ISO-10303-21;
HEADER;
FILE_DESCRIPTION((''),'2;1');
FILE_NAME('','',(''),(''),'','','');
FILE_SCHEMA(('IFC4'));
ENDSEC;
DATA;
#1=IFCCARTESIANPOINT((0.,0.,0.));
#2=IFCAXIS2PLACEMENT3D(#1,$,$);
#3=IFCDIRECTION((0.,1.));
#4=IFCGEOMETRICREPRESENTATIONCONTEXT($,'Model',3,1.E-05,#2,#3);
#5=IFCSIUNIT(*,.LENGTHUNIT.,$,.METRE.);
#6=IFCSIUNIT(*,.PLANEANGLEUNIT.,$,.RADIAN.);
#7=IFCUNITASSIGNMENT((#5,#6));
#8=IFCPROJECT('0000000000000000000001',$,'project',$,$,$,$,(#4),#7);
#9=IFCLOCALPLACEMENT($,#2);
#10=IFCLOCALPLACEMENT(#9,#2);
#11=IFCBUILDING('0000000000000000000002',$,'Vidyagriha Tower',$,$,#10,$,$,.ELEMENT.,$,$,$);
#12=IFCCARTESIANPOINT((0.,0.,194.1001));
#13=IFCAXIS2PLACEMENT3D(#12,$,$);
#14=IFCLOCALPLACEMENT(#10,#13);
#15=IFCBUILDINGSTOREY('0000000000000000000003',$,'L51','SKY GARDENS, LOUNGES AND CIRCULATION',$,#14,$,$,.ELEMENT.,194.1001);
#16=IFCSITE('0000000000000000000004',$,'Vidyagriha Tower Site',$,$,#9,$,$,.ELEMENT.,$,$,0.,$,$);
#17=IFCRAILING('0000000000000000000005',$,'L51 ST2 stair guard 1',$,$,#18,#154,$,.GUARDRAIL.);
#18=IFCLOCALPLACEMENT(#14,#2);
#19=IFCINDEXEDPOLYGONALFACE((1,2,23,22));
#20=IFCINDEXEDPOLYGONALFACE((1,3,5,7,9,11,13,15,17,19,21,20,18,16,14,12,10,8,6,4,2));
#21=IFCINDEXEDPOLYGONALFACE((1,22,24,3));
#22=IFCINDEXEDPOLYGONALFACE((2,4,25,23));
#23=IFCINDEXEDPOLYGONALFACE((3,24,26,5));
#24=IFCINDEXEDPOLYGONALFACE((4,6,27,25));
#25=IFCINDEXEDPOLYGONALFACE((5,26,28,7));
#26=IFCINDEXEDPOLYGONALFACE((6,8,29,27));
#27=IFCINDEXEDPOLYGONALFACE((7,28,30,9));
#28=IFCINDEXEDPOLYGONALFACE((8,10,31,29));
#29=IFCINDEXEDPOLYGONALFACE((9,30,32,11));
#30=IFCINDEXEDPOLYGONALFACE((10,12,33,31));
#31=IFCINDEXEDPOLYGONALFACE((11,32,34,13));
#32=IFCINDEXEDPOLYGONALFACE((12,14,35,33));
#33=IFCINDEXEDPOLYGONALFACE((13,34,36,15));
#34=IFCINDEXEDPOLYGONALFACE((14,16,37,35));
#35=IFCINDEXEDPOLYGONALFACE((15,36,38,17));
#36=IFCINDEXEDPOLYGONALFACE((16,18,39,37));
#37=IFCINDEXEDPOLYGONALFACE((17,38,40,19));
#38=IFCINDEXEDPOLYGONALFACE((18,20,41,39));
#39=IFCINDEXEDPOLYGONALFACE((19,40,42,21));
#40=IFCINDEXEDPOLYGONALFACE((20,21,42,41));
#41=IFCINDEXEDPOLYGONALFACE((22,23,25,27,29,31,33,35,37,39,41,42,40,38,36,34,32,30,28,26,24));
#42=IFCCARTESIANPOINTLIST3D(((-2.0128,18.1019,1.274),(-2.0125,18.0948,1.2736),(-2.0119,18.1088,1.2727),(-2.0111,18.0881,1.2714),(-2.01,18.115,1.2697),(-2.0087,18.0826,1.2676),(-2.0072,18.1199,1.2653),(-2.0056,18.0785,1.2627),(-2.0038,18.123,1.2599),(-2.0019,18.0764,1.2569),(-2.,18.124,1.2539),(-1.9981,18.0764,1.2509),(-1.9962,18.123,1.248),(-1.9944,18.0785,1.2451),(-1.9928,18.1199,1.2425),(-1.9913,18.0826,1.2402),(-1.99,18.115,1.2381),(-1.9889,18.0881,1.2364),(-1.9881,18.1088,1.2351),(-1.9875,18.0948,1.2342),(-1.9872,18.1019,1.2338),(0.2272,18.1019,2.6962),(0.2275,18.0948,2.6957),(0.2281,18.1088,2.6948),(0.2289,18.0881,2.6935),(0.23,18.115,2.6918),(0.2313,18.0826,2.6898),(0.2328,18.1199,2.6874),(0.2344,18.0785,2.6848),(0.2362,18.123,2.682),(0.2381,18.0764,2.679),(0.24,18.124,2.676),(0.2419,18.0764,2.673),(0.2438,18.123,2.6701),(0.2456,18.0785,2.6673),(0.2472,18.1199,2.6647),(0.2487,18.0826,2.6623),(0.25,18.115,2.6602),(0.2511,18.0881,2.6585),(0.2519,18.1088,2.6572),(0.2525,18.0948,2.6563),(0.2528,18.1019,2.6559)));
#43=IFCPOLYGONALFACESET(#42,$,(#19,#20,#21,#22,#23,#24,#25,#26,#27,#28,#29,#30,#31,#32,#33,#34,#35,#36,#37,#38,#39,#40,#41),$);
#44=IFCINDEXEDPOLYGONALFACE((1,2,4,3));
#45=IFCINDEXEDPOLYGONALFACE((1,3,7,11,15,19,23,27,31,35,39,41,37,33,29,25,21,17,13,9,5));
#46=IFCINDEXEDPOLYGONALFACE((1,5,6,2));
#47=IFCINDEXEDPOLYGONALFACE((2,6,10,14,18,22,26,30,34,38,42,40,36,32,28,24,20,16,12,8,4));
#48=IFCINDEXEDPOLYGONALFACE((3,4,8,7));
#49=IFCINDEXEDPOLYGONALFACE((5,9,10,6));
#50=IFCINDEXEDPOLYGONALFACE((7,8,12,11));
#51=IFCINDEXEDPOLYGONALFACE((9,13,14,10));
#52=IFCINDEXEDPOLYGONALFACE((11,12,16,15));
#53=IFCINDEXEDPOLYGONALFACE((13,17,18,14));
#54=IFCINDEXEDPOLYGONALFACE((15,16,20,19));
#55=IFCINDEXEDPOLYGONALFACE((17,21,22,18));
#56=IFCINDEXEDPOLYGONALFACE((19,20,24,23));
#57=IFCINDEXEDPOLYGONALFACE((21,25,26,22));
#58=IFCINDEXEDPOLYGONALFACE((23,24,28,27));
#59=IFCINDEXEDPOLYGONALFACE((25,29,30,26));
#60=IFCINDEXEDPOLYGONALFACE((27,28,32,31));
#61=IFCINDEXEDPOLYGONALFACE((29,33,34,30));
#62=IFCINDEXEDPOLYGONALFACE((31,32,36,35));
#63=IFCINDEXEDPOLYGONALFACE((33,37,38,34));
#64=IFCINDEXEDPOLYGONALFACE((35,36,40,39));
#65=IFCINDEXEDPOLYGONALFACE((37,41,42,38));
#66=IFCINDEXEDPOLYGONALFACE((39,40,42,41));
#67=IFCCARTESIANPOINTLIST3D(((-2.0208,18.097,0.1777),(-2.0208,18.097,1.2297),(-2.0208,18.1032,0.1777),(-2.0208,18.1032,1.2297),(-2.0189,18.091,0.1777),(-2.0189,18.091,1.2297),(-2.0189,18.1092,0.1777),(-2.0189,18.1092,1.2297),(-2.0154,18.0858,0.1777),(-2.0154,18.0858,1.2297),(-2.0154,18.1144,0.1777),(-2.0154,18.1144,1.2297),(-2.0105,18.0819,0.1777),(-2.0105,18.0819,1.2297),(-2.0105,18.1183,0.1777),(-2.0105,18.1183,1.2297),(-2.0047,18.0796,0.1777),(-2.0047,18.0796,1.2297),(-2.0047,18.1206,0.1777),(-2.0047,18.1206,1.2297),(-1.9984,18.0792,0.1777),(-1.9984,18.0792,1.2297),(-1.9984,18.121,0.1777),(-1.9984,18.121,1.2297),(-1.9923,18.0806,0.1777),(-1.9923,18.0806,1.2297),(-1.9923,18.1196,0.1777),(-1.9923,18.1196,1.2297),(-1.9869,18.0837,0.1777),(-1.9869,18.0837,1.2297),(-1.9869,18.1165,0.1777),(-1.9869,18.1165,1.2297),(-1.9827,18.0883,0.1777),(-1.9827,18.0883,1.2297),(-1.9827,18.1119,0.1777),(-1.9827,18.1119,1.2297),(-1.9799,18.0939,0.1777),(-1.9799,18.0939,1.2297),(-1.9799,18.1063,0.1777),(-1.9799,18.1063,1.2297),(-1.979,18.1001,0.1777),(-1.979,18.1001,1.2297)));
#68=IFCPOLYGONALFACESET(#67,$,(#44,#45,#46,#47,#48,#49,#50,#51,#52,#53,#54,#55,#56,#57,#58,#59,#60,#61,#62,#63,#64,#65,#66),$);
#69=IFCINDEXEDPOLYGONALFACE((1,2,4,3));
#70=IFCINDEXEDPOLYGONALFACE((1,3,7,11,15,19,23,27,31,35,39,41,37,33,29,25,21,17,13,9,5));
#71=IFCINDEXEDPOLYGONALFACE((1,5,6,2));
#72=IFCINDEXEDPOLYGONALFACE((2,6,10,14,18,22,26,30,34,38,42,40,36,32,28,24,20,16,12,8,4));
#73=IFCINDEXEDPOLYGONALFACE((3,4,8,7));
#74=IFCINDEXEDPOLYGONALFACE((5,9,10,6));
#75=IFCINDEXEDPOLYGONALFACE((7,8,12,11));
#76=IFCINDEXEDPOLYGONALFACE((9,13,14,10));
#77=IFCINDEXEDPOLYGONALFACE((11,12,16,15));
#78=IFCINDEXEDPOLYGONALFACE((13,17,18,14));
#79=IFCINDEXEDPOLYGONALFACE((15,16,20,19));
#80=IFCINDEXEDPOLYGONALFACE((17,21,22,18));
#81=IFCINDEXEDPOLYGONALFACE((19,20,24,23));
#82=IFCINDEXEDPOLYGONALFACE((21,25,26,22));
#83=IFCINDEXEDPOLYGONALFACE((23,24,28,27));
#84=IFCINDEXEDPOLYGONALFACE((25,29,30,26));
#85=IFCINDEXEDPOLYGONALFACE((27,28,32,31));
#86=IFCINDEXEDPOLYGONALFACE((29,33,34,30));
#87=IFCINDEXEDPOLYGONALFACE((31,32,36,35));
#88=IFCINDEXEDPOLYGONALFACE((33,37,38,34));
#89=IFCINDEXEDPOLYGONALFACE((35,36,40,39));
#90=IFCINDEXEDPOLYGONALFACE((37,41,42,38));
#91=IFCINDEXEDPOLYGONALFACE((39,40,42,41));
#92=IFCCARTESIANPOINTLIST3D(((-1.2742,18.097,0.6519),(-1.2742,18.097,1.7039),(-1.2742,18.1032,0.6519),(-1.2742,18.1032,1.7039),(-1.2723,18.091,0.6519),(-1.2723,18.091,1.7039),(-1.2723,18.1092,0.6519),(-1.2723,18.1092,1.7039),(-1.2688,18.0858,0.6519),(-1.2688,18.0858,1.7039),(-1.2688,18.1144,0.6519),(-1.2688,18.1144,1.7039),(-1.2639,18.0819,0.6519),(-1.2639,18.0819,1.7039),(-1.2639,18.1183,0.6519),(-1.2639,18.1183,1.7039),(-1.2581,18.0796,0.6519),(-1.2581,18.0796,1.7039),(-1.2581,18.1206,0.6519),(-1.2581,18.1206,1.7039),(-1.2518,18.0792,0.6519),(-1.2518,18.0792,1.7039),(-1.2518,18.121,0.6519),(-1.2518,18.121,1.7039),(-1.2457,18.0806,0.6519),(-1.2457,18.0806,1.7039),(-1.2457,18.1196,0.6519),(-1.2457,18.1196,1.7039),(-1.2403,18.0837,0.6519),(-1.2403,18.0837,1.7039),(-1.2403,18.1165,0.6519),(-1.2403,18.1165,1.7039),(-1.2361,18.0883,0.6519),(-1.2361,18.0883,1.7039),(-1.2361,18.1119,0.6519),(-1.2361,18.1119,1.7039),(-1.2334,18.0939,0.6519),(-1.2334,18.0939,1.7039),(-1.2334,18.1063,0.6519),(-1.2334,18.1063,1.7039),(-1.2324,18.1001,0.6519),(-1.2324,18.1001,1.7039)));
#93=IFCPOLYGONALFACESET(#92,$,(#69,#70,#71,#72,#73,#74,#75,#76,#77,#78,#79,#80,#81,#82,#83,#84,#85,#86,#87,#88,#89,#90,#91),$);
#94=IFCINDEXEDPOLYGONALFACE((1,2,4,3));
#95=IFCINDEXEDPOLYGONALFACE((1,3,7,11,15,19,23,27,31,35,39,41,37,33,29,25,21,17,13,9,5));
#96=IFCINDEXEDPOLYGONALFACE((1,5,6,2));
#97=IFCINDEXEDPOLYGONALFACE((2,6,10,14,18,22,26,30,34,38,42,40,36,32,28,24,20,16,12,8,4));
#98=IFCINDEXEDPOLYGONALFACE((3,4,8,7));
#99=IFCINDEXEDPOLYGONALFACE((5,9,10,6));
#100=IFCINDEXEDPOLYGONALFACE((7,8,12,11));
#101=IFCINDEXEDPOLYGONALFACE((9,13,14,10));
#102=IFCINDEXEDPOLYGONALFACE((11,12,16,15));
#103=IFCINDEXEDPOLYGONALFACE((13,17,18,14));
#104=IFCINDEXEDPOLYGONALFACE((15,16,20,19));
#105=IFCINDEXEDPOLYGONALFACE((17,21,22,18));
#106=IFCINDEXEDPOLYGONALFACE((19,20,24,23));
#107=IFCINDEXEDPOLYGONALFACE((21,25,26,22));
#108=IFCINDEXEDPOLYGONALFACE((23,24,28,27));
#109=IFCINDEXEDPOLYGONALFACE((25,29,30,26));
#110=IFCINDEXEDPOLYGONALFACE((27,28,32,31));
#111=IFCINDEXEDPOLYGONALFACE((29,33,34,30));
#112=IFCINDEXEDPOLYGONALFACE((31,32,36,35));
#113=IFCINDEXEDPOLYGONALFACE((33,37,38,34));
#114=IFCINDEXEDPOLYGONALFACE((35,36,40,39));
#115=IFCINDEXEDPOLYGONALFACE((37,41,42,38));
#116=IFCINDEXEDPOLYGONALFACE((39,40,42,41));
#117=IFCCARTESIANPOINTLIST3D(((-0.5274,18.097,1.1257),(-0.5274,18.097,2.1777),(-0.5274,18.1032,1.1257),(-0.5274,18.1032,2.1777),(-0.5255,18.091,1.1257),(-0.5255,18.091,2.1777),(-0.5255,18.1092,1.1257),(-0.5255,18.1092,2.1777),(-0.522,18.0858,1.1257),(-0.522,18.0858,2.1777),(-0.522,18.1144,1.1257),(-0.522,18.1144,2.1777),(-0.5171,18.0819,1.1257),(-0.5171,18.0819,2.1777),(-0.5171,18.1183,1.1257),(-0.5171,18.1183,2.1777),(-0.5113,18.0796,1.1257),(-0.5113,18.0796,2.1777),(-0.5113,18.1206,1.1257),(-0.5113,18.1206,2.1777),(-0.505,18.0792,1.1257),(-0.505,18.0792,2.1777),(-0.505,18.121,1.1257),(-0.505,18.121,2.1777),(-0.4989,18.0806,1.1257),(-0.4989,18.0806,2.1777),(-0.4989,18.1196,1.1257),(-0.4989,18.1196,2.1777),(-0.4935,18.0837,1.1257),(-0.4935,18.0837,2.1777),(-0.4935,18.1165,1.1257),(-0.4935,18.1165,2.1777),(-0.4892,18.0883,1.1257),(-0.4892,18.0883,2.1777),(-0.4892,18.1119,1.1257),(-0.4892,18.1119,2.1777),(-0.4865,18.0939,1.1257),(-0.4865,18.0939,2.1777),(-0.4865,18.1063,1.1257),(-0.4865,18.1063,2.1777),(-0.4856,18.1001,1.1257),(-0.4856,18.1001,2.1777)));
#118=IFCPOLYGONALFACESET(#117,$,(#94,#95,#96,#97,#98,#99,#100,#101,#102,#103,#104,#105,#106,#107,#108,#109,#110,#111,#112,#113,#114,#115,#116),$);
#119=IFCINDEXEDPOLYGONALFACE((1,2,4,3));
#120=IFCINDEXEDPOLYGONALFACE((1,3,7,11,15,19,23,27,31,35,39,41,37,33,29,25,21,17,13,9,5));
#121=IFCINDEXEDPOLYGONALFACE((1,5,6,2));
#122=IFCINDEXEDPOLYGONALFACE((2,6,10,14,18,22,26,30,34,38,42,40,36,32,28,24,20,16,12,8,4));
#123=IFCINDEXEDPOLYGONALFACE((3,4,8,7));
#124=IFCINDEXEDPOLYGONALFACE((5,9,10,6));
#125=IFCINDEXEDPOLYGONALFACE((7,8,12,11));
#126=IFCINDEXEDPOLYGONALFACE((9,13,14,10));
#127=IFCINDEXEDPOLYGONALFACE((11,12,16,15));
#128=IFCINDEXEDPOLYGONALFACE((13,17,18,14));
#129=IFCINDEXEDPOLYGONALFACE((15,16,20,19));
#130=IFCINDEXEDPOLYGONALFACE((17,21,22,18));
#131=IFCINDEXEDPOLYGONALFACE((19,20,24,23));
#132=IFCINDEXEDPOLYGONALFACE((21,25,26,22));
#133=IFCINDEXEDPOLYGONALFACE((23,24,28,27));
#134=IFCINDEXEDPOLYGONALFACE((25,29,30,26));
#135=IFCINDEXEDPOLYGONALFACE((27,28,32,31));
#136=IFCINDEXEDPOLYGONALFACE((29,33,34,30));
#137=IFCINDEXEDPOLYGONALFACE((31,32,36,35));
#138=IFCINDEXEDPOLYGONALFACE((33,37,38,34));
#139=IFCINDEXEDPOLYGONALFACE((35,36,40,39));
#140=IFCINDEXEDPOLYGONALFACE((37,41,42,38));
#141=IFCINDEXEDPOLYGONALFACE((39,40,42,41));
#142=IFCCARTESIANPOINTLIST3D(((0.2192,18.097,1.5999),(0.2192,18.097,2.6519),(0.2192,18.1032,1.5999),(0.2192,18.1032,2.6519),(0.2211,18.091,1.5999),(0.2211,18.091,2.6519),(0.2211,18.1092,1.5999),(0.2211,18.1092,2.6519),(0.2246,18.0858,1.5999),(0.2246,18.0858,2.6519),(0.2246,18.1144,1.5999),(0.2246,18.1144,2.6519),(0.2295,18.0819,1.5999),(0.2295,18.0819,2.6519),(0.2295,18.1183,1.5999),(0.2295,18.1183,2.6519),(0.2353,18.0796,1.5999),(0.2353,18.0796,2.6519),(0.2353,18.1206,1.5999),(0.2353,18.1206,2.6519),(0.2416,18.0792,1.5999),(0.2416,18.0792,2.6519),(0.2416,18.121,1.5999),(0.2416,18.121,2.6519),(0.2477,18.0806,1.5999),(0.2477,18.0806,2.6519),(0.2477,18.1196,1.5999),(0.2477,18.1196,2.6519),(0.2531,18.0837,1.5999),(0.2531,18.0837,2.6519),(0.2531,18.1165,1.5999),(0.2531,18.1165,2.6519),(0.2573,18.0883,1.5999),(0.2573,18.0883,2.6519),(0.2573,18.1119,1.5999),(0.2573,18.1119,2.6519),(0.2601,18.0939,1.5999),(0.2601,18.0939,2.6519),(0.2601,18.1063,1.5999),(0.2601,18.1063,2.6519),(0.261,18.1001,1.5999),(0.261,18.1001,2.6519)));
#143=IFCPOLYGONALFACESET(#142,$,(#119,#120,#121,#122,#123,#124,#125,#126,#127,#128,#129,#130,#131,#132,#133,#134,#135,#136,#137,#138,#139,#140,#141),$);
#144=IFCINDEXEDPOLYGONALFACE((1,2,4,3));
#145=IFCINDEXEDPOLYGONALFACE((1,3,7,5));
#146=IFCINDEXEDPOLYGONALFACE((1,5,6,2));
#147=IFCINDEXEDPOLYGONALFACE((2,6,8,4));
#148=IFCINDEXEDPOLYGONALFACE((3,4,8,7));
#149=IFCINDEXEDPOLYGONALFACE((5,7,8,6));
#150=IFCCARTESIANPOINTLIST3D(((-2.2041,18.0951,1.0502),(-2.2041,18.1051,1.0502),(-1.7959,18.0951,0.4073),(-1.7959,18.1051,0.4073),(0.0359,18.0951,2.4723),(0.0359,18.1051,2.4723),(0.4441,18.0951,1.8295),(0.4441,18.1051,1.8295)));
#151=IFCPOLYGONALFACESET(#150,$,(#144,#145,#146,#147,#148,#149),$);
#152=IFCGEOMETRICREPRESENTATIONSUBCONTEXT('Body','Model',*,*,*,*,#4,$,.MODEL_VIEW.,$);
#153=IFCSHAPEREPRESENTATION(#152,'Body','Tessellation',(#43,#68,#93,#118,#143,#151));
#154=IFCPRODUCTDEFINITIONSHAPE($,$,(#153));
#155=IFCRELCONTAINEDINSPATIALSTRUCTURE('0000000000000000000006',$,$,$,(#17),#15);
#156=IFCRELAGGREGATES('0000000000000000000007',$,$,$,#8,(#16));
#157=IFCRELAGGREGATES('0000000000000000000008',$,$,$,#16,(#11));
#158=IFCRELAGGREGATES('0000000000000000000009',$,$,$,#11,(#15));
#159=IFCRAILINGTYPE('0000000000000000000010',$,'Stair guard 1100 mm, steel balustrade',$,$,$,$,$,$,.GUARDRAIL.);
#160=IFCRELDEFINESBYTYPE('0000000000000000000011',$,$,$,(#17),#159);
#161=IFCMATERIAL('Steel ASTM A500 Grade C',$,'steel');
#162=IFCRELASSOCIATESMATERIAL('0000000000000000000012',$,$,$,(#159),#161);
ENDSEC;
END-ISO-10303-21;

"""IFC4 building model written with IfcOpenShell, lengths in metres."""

from ifc_helpers import new_model, si_unit, direction, frame, origin, origin_2d, place, context, subcontext, project, spatial, rectangle, circle, extrude, material, type_object, element, save


model = new_model("IFC4")

# Units and contexts
model_context = context("Model", 3, precision=1e-05, world=origin(), true_north=direction((0.0, 1.0)))
body_context = subcontext(model_context, "Body", "Model", "MODEL_VIEW")
ifc_project = project(units=[si_unit("LENGTHUNIT", "METRE"), si_unit("PLANEANGLEUNIT", "RADIAN")], contexts=[model_context])

# Site, building, storey
site_placement = place(None, origin())
site = spatial("IfcSite", under=ifc_project, at=site_placement, Name="Vidyagriha Tower Site", CompositionType="ELEMENT", RefElevation=0.0)
building_placement = place(site_placement, origin())
building = spatial("IfcBuilding", under=site, at=building_placement, Name="Vidyagriha Tower", CompositionType="ELEMENT")
storey_placement = place(building_placement, frame((0.0, 0.0, 194.1001)))
storey = spatial("IfcBuildingStorey", under=building, at=storey_placement, Name="L51", Description="SKY GARDENS, LOUNGES AND CIRCULATION", CompositionType="ELEMENT", Elevation=194.1001)

# Railing
ifc_material_1 = material(Name="Steel ASTM A500 Grade C", Category="steel")
railing_type_1 = type_object("IfcRailingType", Name="Stair guard 1100 mm, steel balustrade", PredefinedType="GUARDRAIL", material=ifc_material_1)
railing_1_placement = place(storey_placement, frame((-2.0, 18.1001, 0.1777)))
element("IfcRailing", 1, at=railing_1_placement, inside=storey, type_object=railing_type_1, Name="L51 ST2 stair guard 1", PredefinedType="GUARDRAIL", context=body_context, shape_type="SweptSolid", body=[
    extrude(circle(Radius=0.0239, at=origin_2d()), frame((0.0, 0.0, 1.0762), z_axis=(0.844229, 0.0, 0.535982), x_axis=(0.0, 1.0, 0.0)), (0.0, 0.0, 1.0), 2.6533),
    extrude(circle(Radius=0.021, at=origin_2d()), origin(), (0.0, 0.0, 1.0), 1.052),
    extrude(circle(Radius=0.021, at=origin_2d()), frame((0.7466, 0.0, 0.4741)), (0.0, 0.0, 1.0), 1.052),
    extrude(circle(Radius=0.021, at=origin_2d()), frame((1.4934, 0.0, 0.948)), (0.0, 0.0, 1.0), 1.052),
    extrude(circle(Radius=0.021, at=origin_2d()), frame((2.24, 0.0, 1.4221)), (0.0, 0.0, 1.0), 1.052),
    extrude(rectangle(XDim=0.01, YDim=0.7615, at=origin_2d()), frame((0.0, 0.0, 0.551), z_axis=(0.844229, 0.0, 0.535982), x_axis=(0.0, 1.0, 0.0)), (0.0, 0.0, 1.0), 2.6533),
])

save(model, "model.ifc")
